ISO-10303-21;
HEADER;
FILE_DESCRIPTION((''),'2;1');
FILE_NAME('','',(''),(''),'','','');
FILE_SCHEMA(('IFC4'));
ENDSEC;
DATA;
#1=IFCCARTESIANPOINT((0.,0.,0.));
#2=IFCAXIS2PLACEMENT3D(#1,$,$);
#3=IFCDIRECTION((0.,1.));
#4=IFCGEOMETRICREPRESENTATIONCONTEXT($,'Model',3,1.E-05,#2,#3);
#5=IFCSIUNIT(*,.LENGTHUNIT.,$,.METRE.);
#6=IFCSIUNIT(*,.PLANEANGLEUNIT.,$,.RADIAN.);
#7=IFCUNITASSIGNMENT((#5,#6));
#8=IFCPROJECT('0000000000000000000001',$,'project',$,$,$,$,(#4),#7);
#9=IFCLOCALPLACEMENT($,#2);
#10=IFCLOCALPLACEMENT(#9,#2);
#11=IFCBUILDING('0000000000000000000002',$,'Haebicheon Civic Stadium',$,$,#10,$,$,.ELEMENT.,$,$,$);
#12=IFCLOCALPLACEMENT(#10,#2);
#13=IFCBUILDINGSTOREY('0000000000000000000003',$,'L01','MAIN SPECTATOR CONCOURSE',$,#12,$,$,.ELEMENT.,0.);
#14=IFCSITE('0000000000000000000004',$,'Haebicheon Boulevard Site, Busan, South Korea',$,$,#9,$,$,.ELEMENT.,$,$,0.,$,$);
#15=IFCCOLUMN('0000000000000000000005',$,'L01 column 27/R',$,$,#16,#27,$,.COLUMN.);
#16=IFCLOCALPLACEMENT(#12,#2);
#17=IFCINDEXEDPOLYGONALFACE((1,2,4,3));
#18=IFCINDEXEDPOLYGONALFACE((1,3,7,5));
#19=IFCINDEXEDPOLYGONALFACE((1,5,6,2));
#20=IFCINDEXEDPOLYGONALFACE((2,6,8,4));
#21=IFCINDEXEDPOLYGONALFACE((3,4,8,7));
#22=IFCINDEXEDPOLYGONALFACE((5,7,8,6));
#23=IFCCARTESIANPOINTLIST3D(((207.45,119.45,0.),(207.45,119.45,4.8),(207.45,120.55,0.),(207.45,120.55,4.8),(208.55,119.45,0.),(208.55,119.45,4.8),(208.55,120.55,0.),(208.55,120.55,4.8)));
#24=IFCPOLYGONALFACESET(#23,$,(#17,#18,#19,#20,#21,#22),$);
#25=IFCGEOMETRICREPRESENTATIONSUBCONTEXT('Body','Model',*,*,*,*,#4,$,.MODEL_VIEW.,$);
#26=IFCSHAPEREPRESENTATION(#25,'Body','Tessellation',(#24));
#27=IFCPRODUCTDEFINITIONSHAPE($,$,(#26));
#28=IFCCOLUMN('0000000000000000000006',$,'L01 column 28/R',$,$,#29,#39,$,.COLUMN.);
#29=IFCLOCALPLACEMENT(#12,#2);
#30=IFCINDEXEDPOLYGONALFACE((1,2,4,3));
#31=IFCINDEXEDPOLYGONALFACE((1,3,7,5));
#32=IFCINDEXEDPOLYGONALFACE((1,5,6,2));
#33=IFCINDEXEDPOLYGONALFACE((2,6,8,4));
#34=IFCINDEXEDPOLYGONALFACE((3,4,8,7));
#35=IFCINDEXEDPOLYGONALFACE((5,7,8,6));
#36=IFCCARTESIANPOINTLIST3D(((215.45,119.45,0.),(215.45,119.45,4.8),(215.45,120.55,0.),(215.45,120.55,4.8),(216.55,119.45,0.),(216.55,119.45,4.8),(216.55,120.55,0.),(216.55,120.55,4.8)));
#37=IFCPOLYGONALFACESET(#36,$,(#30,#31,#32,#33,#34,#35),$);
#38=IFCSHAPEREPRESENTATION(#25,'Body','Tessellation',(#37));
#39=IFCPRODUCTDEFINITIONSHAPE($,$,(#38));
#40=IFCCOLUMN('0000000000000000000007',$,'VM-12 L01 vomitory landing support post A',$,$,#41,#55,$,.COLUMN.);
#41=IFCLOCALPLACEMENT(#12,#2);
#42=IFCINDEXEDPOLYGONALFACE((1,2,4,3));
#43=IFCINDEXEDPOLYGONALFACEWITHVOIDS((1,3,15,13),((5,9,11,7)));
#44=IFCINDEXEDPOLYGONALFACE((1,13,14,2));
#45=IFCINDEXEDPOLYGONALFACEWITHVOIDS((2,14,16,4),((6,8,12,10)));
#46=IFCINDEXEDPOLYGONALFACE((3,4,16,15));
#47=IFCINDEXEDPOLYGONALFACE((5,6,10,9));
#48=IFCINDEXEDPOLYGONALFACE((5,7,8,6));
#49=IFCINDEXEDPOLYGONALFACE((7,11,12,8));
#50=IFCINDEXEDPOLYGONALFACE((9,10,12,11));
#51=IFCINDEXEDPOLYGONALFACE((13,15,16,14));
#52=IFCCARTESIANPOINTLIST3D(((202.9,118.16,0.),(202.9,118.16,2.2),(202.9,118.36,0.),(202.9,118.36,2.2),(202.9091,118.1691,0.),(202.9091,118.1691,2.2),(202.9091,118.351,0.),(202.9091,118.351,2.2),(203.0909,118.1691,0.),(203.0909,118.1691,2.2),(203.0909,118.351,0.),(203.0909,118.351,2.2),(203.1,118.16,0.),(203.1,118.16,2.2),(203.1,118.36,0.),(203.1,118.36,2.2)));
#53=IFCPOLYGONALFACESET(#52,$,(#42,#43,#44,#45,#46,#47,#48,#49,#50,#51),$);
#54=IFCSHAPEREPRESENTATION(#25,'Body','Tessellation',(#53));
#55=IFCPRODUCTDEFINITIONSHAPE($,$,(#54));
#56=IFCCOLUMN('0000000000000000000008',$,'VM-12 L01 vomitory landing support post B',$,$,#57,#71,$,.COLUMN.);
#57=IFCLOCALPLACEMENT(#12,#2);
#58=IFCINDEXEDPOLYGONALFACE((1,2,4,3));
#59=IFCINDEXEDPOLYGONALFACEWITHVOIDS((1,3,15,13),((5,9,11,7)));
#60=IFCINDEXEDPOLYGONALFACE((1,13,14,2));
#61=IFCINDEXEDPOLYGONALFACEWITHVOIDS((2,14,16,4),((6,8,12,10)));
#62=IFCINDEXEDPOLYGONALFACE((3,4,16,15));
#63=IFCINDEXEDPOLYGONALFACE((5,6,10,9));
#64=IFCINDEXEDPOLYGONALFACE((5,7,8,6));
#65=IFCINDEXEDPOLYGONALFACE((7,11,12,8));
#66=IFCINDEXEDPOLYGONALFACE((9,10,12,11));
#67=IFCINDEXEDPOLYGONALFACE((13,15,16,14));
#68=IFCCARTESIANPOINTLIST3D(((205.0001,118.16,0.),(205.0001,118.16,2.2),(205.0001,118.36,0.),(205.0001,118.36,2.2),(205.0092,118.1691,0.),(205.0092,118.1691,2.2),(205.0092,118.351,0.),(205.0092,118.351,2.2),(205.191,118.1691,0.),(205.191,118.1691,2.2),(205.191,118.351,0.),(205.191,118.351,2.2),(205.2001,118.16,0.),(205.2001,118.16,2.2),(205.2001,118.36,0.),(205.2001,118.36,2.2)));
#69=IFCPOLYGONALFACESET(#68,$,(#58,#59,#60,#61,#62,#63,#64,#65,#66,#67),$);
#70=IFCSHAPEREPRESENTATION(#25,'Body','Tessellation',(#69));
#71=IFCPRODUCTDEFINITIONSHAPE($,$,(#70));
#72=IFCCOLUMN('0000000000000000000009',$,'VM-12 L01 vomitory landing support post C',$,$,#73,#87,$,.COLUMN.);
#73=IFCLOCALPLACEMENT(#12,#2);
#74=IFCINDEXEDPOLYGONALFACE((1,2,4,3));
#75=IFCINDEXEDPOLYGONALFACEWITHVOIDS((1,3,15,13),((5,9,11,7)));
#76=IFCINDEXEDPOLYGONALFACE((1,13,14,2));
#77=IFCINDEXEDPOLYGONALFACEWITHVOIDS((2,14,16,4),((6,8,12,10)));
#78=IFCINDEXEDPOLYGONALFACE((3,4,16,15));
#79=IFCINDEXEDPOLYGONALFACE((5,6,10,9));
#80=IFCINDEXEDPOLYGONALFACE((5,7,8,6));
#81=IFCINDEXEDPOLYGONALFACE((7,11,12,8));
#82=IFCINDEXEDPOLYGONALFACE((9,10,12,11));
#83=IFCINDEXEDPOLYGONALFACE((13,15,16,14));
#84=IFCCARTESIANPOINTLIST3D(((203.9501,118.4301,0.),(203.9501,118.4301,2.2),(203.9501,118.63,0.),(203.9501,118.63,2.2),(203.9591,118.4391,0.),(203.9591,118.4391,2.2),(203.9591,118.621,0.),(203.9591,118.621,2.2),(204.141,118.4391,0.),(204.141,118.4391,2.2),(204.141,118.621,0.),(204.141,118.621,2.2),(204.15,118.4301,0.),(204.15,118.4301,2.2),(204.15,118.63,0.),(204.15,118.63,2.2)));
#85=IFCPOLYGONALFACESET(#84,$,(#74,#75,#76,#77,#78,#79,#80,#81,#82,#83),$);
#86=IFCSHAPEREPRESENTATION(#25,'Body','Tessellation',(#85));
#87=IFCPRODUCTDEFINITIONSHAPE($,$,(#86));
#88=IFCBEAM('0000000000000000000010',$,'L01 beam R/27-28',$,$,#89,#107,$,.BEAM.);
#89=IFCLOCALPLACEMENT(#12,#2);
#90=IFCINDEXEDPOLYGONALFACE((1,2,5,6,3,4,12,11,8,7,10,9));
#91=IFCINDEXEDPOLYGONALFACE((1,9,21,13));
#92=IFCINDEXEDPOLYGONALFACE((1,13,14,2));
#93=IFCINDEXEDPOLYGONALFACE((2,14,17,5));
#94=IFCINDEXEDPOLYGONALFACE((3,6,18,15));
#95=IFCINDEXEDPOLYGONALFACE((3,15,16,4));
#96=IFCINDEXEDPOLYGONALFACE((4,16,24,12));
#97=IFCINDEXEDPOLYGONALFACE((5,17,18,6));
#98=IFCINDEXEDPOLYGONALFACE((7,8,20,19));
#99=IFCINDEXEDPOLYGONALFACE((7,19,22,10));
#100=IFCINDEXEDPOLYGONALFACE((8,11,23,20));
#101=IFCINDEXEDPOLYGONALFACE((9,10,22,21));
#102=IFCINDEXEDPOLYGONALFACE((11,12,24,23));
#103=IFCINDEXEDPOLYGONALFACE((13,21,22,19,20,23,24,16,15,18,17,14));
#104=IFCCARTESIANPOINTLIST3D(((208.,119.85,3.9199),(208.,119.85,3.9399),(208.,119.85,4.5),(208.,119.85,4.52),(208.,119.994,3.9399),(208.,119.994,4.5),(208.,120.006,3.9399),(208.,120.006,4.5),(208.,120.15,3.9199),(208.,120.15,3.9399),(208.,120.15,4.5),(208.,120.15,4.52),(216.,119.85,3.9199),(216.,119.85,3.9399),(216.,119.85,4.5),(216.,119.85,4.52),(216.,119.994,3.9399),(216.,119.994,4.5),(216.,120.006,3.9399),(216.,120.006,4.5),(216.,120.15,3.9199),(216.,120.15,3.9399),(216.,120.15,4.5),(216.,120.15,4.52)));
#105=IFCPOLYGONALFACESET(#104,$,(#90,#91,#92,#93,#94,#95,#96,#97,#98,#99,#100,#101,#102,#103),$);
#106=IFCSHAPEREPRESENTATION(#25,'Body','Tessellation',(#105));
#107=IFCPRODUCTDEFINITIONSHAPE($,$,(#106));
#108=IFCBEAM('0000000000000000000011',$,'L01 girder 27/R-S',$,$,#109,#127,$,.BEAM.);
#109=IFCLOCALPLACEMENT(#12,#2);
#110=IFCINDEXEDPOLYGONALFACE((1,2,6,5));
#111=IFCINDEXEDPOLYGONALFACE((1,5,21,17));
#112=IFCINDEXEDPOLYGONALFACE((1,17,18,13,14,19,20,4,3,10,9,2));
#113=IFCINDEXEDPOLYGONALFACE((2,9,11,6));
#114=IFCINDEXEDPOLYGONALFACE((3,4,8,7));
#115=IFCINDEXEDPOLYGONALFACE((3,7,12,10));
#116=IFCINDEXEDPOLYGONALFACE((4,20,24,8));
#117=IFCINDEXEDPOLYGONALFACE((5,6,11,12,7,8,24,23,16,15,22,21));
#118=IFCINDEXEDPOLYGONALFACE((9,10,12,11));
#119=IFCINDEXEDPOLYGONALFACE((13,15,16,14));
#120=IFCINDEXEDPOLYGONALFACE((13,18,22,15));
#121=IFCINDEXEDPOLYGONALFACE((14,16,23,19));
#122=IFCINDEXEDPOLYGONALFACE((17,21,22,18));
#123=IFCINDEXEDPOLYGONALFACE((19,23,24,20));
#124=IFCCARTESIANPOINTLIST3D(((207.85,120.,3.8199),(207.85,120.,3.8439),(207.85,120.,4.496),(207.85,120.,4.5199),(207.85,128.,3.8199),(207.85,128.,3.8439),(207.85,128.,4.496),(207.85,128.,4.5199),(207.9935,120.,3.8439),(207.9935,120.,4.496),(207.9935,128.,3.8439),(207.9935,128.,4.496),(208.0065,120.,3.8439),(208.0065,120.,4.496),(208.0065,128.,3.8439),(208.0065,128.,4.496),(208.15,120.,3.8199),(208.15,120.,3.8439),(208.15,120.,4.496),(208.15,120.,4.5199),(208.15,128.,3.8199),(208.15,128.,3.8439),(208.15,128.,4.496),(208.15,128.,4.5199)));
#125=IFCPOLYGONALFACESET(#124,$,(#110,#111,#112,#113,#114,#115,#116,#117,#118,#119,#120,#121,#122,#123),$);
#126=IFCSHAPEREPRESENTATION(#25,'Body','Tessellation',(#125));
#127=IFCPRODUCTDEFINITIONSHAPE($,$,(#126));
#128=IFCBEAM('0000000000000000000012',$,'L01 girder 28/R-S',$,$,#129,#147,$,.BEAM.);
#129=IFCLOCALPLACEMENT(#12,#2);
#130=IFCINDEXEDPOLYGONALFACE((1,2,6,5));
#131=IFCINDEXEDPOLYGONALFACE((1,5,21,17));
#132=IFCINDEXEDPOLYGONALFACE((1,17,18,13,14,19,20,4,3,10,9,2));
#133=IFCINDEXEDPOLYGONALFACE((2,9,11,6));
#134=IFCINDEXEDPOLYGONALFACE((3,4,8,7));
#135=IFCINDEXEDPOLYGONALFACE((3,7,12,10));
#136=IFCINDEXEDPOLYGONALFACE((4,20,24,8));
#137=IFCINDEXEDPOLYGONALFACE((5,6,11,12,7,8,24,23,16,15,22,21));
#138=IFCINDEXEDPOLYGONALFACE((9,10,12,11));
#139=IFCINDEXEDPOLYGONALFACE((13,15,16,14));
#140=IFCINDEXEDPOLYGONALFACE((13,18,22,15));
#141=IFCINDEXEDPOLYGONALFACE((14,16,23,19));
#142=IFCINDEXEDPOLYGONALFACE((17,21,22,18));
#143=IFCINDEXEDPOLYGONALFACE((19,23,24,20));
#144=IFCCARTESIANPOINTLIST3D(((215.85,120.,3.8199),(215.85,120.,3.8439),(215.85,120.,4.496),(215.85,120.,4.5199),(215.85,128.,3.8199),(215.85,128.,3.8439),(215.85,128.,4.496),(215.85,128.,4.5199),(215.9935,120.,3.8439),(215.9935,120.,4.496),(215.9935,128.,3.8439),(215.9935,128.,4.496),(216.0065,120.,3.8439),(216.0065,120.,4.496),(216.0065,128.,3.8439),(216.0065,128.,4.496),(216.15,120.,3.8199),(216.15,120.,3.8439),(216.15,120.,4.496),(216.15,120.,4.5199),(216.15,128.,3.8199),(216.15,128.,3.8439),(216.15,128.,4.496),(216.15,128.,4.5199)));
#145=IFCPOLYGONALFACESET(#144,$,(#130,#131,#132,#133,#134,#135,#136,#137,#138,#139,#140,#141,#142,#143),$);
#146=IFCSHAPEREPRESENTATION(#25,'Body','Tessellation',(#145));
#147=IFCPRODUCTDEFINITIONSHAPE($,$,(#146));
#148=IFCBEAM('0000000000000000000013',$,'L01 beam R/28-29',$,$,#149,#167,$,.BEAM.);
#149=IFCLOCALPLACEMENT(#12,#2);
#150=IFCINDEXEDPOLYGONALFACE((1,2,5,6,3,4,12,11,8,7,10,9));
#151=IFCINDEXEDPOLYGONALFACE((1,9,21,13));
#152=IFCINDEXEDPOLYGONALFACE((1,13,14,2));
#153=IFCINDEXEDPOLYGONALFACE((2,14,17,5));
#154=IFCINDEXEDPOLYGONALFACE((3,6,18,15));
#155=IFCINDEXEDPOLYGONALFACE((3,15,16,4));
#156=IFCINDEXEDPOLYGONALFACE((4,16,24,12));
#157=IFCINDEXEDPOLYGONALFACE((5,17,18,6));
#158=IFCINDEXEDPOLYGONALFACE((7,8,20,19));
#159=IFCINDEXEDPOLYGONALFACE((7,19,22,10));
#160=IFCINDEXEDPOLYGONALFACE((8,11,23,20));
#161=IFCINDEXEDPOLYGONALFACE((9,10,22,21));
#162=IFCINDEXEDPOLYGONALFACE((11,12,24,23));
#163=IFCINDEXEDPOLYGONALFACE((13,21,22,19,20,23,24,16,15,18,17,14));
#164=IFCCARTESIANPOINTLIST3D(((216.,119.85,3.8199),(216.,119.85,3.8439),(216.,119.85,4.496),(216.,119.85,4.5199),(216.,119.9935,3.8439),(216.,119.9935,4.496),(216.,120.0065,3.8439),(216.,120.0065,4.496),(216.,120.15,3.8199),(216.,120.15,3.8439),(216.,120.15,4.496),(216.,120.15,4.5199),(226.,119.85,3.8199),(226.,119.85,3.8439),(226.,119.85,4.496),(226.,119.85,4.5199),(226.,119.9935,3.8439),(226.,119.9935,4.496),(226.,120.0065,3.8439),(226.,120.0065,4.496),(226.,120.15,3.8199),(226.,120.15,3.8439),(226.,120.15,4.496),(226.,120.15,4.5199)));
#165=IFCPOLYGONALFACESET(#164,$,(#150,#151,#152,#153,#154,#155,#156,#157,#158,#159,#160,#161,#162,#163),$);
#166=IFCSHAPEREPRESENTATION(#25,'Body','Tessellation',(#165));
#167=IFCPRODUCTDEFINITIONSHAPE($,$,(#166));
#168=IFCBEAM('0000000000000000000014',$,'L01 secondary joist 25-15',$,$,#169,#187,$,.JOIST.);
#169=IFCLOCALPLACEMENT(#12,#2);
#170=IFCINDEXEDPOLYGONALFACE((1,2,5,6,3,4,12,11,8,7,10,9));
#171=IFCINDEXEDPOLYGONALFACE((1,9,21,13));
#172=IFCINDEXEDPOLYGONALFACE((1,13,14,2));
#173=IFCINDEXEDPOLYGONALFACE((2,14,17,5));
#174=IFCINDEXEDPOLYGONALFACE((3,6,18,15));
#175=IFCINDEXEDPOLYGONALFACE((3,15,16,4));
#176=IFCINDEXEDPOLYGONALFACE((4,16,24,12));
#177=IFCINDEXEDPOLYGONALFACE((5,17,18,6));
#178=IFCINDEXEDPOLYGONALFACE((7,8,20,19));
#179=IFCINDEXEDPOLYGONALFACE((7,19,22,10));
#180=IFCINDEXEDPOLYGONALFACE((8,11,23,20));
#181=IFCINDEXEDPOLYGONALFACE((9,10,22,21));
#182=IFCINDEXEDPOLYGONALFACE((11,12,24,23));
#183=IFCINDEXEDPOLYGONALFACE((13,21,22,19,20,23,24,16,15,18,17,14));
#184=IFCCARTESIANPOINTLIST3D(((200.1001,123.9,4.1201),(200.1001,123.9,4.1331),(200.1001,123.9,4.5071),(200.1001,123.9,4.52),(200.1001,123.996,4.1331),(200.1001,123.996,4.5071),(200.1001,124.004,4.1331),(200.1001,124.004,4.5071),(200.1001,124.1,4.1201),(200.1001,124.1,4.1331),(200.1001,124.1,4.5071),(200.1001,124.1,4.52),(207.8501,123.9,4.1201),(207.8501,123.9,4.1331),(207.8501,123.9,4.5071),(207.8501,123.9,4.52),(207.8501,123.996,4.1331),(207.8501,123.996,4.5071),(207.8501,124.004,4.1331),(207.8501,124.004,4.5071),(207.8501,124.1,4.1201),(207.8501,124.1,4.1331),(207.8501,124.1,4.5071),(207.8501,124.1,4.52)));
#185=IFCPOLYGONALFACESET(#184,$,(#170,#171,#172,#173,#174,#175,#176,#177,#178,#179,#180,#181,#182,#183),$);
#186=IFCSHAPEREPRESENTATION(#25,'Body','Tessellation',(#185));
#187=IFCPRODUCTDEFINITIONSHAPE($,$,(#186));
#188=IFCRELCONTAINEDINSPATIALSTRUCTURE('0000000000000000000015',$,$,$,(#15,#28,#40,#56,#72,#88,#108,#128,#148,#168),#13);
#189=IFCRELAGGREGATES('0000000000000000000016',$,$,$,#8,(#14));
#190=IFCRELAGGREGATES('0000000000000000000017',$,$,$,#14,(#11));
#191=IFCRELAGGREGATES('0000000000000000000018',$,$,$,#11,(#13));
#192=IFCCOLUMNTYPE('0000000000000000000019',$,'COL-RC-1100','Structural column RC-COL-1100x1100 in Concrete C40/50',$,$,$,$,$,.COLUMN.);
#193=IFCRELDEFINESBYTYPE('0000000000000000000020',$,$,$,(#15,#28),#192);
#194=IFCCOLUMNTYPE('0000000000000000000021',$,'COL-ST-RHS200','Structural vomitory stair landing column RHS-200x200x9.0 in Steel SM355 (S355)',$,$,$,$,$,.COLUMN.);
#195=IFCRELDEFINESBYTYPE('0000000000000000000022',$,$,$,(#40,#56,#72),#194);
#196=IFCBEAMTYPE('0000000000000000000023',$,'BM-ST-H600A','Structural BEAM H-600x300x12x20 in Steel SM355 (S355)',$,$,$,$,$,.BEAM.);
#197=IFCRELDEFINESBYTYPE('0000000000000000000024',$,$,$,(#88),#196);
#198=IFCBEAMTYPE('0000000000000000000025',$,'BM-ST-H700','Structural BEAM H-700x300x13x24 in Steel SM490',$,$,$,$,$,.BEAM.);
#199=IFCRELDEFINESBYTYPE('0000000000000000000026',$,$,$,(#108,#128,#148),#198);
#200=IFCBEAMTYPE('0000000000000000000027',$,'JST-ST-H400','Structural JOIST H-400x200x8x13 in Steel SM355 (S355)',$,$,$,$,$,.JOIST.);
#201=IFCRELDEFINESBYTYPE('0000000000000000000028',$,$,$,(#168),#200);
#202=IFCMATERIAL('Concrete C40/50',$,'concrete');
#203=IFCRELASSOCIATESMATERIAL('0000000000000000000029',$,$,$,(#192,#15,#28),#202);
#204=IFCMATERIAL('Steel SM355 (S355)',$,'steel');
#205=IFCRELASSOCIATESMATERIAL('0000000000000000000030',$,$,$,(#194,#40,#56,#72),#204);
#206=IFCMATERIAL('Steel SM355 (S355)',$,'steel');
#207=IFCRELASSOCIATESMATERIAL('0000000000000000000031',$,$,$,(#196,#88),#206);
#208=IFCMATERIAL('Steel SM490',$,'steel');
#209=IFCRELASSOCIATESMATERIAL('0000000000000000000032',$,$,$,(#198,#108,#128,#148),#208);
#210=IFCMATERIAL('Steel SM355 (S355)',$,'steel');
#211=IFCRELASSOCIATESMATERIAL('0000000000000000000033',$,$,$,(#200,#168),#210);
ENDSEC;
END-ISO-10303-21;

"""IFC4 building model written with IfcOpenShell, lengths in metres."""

from ifc_helpers import new_model, si_unit, direction, frame, origin, origin_2d, place, context, subcontext, project, spatial, rectangle, hollow_rectangle, i_section, extrude, material, material_profile, profile_set, type_object, element, save


model = new_model("IFC4")

# Units and contexts
model_context = context("Model", 3, precision=1e-05, world=origin(), true_north=direction((0.0, 1.0)))
body_context = subcontext(model_context, "Body", "Model", "MODEL_VIEW")
ifc_project = project(units=[si_unit("LENGTHUNIT", "METRE"), si_unit("PLANEANGLEUNIT", "RADIAN")], contexts=[model_context])

# Site, building, storey
site_placement = place(None, origin())
site = spatial("IfcSite", under=ifc_project, at=site_placement, Name="Haebicheon Boulevard Site, Busan, South Korea", CompositionType="ELEMENT", RefElevation=0.0)
building_placement = place(site_placement, origin())
building = spatial("IfcBuilding", under=site, at=building_placement, Name="Haebicheon Civic Stadium", CompositionType="ELEMENT")
storey_placement = place(building_placement, origin())
storey = spatial("IfcBuildingStorey", under=building, at=storey_placement, Name="L01", Description="MAIN SPECTATOR CONCOURSE", CompositionType="ELEMENT", Elevation=0.0)

# Columns
ifc_material_1 = material(Name="Concrete C40/50", Category="concrete")
ifc_material_profile_1 = material_profile(ifc_material_1, rectangle(XDim=1.1001, YDim=1.1001, at=origin_2d()), Name="RC-COL-1100x1100")
ifc_profile_set_1 = profile_set([ifc_material_profile_1], Name="Concrete C40/50")
column_type_1 = type_object("IfcColumnType", Name="COL-RC-1100", Description="Structural column RC-COL-1100x1100 in Concrete C40/50", PredefinedType="COLUMN", material=ifc_profile_set_1)
for number, where, z_axis, x_axis, name in (
    (1, (208.0, 120.0, 0.0), (0.0, 0.0, 1.0), (1.0, 0.0, 0.0), "L01 column 27/R"),
    (2, (216.0, 120.0, 0.0), (0.0, 0.0, 1.0), (1.0, 0.0, 0.0), "L01 column 28/R"),
):
    element("IfcColumn", number, at=place(storey_placement, frame(where, z_axis=z_axis, x_axis=x_axis)), inside=storey, type_object=column_type_1, material=ifc_profile_set_1, Name=name, PredefinedType="COLUMN", context=body_context, shape_type="SweptSolid", body=[
        extrude(rectangle(XDim=1.1001, YDim=1.1001, at=origin_2d()), origin(), (0.0, 0.0, 1.0), 4.8),
    ])
ifc_material_2 = material(Name="Steel SM355 (S355)", Category="steel")
ifc_material_profile_2 = material_profile(ifc_material_2, hollow_rectangle(XDim=0.2, YDim=0.2, WallThickness=0.009, at=origin_2d()), Name="RHS-200x200x9.0")
ifc_profile_set_2 = profile_set([ifc_material_profile_2], Name="Steel SM355 (S355)")
column_type_2 = type_object("IfcColumnType", Name="COL-ST-RHS200", Description="Structural vomitory stair landing column RHS-200x200x9.0 in Steel SM355 (S355)", PredefinedType="COLUMN", material=ifc_profile_set_2)
for number, where, z_axis, x_axis, name in (
    (3, (203.0, 118.26, 0.0), (0.0, 0.0, 1.0), (1.0, 0.0, 0.0), "VM-12 L01 vomitory landing support post A"),
    (4, (205.1001, 118.26, 0.0), (0.0, 0.0, 1.0), (1.0, 0.0, 0.0), "VM-12 L01 vomitory landing support post B"),
    (5, (204.05, 118.53, 0.0), (0.0, 0.0, 1.0), (1.0, 0.0, 0.0), "VM-12 L01 vomitory landing support post C"),
):
    element("IfcColumn", number, at=place(storey_placement, frame(where, z_axis=z_axis, x_axis=x_axis)), inside=storey, type_object=column_type_2, material=ifc_profile_set_2, Name=name, PredefinedType="COLUMN", context=body_context, shape_type="SweptSolid", body=[
        extrude(hollow_rectangle(XDim=0.2, YDim=0.2, WallThickness=0.009, at=origin_2d()), origin(), (0.0, 0.0, 1.0), 2.2),
    ])

# Beams
ifc_material_3 = material(Name="Steel SM355 (S355)", Category="steel")
ifc_material_profile_3 = material_profile(ifc_material_3, i_section(OverallWidth=0.3, OverallDepth=0.6001, WebThickness=0.012, FlangeThickness=0.02, at=origin_2d()), Name="H-600x300x12x20")
ifc_profile_set_3 = profile_set([ifc_material_profile_3], Name="Steel SM355 (S355)")
beam_type_1 = type_object("IfcBeamType", Name="BM-ST-H600A", Description="Structural BEAM H-600x300x12x20 in Steel SM355 (S355)", PredefinedType="BEAM", material=ifc_profile_set_3)
beam_1_placement = place(storey_placement, frame((208.0, 120.0, 4.22), z_axis=(1.0, 0.0, 0.0), x_axis=(0.0, 1.0, 0.0)))
element("IfcBeam", 6, at=beam_1_placement, inside=storey, type_object=beam_type_1, material=ifc_profile_set_3, Name="L01 beam R/27-28", PredefinedType="BEAM", context=body_context, shape_type="SweptSolid", body=[
    extrude(i_section(OverallWidth=0.3, OverallDepth=0.6001, WebThickness=0.012, FlangeThickness=0.02, at=origin_2d()), origin(), (0.0, 0.0, 1.0), 8.0),
])
ifc_material_4 = material(Name="Steel SM490", Category="steel")
ifc_material_profile_4 = material_profile(ifc_material_4, i_section(OverallWidth=0.3, OverallDepth=0.7, WebThickness=0.0129, FlangeThickness=0.0239, at=origin_2d()), Name="H-700x300x13x24")
ifc_profile_set_4 = profile_set([ifc_material_profile_4], Name="Steel SM490")
beam_type_2 = type_object("IfcBeamType", Name="BM-ST-H700", Description="Structural BEAM H-700x300x13x24 in Steel SM490", PredefinedType="BEAM", material=ifc_profile_set_4)
for number, where, z_axis, x_axis, name in (
    (7, (208.0, 120.0, 4.1699), (0.0, 1.0, 0.0), (-1.0, 0.0, 0.0), "L01 girder 27/R-S"),
    (8, (216.0, 120.0, 4.1699), (0.0, 1.0, 0.0), (-1.0, 0.0, 0.0), "L01 girder 28/R-S"),
):
    element("IfcBeam", number, at=place(storey_placement, frame(where, z_axis=z_axis, x_axis=x_axis)), inside=storey, type_object=beam_type_2, material=ifc_profile_set_4, Name=name, PredefinedType="BEAM", context=body_context, shape_type="SweptSolid", body=[
        extrude(i_section(OverallWidth=0.3, OverallDepth=0.7, WebThickness=0.0129, FlangeThickness=0.0239, at=origin_2d()), origin(), (0.0, 0.0, 1.0), 8.0),
    ])
beam_2_placement = place(storey_placement, frame((216.0, 120.0, 4.1699), z_axis=(1.0, 0.0, 0.0), x_axis=(0.0, 1.0, 0.0)))
element("IfcBeam", 9, at=beam_2_placement, inside=storey, type_object=beam_type_2, material=ifc_profile_set_4, Name="L01 beam R/28-29", PredefinedType="BEAM", context=body_context, shape_type="SweptSolid", body=[
    extrude(i_section(OverallWidth=0.3, OverallDepth=0.7, WebThickness=0.0129, FlangeThickness=0.0239, at=origin_2d()), origin(), (0.0, 0.0, 1.0), 10.0),
])
ifc_material_5 = material(Name="Steel SM355 (S355)", Category="steel")
ifc_material_profile_5 = material_profile(ifc_material_5, i_section(OverallWidth=0.2, OverallDepth=0.3999, WebThickness=0.0081, FlangeThickness=0.0129, at=origin_2d()), Name="H-400x200x8x13")
ifc_profile_set_5 = profile_set([ifc_material_profile_5], Name="Steel SM355 (S355)")
beam_type_3 = type_object("IfcBeamType", Name="JST-ST-H400", Description="Structural JOIST H-400x200x8x13 in Steel SM355 (S355)", PredefinedType="JOIST", material=ifc_profile_set_5)
beam_3_placement = place(storey_placement, frame((200.1001, 124.0, 4.3201), z_axis=(1.0, 0.0, 0.0), x_axis=(0.0, 1.0, 0.0)))
element("IfcBeam", 10, at=beam_3_placement, inside=storey, type_object=beam_type_3, material=ifc_profile_set_5, Name="L01 secondary joist 25-15", PredefinedType="JOIST", context=body_context, shape_type="SweptSolid", body=[
    extrude(i_section(OverallWidth=0.2, OverallDepth=0.3999, WebThickness=0.0081, FlangeThickness=0.0129, at=origin_2d()), origin(), (0.0, 0.0, 1.0), 7.75),
])

save(model, "model.ifc")
